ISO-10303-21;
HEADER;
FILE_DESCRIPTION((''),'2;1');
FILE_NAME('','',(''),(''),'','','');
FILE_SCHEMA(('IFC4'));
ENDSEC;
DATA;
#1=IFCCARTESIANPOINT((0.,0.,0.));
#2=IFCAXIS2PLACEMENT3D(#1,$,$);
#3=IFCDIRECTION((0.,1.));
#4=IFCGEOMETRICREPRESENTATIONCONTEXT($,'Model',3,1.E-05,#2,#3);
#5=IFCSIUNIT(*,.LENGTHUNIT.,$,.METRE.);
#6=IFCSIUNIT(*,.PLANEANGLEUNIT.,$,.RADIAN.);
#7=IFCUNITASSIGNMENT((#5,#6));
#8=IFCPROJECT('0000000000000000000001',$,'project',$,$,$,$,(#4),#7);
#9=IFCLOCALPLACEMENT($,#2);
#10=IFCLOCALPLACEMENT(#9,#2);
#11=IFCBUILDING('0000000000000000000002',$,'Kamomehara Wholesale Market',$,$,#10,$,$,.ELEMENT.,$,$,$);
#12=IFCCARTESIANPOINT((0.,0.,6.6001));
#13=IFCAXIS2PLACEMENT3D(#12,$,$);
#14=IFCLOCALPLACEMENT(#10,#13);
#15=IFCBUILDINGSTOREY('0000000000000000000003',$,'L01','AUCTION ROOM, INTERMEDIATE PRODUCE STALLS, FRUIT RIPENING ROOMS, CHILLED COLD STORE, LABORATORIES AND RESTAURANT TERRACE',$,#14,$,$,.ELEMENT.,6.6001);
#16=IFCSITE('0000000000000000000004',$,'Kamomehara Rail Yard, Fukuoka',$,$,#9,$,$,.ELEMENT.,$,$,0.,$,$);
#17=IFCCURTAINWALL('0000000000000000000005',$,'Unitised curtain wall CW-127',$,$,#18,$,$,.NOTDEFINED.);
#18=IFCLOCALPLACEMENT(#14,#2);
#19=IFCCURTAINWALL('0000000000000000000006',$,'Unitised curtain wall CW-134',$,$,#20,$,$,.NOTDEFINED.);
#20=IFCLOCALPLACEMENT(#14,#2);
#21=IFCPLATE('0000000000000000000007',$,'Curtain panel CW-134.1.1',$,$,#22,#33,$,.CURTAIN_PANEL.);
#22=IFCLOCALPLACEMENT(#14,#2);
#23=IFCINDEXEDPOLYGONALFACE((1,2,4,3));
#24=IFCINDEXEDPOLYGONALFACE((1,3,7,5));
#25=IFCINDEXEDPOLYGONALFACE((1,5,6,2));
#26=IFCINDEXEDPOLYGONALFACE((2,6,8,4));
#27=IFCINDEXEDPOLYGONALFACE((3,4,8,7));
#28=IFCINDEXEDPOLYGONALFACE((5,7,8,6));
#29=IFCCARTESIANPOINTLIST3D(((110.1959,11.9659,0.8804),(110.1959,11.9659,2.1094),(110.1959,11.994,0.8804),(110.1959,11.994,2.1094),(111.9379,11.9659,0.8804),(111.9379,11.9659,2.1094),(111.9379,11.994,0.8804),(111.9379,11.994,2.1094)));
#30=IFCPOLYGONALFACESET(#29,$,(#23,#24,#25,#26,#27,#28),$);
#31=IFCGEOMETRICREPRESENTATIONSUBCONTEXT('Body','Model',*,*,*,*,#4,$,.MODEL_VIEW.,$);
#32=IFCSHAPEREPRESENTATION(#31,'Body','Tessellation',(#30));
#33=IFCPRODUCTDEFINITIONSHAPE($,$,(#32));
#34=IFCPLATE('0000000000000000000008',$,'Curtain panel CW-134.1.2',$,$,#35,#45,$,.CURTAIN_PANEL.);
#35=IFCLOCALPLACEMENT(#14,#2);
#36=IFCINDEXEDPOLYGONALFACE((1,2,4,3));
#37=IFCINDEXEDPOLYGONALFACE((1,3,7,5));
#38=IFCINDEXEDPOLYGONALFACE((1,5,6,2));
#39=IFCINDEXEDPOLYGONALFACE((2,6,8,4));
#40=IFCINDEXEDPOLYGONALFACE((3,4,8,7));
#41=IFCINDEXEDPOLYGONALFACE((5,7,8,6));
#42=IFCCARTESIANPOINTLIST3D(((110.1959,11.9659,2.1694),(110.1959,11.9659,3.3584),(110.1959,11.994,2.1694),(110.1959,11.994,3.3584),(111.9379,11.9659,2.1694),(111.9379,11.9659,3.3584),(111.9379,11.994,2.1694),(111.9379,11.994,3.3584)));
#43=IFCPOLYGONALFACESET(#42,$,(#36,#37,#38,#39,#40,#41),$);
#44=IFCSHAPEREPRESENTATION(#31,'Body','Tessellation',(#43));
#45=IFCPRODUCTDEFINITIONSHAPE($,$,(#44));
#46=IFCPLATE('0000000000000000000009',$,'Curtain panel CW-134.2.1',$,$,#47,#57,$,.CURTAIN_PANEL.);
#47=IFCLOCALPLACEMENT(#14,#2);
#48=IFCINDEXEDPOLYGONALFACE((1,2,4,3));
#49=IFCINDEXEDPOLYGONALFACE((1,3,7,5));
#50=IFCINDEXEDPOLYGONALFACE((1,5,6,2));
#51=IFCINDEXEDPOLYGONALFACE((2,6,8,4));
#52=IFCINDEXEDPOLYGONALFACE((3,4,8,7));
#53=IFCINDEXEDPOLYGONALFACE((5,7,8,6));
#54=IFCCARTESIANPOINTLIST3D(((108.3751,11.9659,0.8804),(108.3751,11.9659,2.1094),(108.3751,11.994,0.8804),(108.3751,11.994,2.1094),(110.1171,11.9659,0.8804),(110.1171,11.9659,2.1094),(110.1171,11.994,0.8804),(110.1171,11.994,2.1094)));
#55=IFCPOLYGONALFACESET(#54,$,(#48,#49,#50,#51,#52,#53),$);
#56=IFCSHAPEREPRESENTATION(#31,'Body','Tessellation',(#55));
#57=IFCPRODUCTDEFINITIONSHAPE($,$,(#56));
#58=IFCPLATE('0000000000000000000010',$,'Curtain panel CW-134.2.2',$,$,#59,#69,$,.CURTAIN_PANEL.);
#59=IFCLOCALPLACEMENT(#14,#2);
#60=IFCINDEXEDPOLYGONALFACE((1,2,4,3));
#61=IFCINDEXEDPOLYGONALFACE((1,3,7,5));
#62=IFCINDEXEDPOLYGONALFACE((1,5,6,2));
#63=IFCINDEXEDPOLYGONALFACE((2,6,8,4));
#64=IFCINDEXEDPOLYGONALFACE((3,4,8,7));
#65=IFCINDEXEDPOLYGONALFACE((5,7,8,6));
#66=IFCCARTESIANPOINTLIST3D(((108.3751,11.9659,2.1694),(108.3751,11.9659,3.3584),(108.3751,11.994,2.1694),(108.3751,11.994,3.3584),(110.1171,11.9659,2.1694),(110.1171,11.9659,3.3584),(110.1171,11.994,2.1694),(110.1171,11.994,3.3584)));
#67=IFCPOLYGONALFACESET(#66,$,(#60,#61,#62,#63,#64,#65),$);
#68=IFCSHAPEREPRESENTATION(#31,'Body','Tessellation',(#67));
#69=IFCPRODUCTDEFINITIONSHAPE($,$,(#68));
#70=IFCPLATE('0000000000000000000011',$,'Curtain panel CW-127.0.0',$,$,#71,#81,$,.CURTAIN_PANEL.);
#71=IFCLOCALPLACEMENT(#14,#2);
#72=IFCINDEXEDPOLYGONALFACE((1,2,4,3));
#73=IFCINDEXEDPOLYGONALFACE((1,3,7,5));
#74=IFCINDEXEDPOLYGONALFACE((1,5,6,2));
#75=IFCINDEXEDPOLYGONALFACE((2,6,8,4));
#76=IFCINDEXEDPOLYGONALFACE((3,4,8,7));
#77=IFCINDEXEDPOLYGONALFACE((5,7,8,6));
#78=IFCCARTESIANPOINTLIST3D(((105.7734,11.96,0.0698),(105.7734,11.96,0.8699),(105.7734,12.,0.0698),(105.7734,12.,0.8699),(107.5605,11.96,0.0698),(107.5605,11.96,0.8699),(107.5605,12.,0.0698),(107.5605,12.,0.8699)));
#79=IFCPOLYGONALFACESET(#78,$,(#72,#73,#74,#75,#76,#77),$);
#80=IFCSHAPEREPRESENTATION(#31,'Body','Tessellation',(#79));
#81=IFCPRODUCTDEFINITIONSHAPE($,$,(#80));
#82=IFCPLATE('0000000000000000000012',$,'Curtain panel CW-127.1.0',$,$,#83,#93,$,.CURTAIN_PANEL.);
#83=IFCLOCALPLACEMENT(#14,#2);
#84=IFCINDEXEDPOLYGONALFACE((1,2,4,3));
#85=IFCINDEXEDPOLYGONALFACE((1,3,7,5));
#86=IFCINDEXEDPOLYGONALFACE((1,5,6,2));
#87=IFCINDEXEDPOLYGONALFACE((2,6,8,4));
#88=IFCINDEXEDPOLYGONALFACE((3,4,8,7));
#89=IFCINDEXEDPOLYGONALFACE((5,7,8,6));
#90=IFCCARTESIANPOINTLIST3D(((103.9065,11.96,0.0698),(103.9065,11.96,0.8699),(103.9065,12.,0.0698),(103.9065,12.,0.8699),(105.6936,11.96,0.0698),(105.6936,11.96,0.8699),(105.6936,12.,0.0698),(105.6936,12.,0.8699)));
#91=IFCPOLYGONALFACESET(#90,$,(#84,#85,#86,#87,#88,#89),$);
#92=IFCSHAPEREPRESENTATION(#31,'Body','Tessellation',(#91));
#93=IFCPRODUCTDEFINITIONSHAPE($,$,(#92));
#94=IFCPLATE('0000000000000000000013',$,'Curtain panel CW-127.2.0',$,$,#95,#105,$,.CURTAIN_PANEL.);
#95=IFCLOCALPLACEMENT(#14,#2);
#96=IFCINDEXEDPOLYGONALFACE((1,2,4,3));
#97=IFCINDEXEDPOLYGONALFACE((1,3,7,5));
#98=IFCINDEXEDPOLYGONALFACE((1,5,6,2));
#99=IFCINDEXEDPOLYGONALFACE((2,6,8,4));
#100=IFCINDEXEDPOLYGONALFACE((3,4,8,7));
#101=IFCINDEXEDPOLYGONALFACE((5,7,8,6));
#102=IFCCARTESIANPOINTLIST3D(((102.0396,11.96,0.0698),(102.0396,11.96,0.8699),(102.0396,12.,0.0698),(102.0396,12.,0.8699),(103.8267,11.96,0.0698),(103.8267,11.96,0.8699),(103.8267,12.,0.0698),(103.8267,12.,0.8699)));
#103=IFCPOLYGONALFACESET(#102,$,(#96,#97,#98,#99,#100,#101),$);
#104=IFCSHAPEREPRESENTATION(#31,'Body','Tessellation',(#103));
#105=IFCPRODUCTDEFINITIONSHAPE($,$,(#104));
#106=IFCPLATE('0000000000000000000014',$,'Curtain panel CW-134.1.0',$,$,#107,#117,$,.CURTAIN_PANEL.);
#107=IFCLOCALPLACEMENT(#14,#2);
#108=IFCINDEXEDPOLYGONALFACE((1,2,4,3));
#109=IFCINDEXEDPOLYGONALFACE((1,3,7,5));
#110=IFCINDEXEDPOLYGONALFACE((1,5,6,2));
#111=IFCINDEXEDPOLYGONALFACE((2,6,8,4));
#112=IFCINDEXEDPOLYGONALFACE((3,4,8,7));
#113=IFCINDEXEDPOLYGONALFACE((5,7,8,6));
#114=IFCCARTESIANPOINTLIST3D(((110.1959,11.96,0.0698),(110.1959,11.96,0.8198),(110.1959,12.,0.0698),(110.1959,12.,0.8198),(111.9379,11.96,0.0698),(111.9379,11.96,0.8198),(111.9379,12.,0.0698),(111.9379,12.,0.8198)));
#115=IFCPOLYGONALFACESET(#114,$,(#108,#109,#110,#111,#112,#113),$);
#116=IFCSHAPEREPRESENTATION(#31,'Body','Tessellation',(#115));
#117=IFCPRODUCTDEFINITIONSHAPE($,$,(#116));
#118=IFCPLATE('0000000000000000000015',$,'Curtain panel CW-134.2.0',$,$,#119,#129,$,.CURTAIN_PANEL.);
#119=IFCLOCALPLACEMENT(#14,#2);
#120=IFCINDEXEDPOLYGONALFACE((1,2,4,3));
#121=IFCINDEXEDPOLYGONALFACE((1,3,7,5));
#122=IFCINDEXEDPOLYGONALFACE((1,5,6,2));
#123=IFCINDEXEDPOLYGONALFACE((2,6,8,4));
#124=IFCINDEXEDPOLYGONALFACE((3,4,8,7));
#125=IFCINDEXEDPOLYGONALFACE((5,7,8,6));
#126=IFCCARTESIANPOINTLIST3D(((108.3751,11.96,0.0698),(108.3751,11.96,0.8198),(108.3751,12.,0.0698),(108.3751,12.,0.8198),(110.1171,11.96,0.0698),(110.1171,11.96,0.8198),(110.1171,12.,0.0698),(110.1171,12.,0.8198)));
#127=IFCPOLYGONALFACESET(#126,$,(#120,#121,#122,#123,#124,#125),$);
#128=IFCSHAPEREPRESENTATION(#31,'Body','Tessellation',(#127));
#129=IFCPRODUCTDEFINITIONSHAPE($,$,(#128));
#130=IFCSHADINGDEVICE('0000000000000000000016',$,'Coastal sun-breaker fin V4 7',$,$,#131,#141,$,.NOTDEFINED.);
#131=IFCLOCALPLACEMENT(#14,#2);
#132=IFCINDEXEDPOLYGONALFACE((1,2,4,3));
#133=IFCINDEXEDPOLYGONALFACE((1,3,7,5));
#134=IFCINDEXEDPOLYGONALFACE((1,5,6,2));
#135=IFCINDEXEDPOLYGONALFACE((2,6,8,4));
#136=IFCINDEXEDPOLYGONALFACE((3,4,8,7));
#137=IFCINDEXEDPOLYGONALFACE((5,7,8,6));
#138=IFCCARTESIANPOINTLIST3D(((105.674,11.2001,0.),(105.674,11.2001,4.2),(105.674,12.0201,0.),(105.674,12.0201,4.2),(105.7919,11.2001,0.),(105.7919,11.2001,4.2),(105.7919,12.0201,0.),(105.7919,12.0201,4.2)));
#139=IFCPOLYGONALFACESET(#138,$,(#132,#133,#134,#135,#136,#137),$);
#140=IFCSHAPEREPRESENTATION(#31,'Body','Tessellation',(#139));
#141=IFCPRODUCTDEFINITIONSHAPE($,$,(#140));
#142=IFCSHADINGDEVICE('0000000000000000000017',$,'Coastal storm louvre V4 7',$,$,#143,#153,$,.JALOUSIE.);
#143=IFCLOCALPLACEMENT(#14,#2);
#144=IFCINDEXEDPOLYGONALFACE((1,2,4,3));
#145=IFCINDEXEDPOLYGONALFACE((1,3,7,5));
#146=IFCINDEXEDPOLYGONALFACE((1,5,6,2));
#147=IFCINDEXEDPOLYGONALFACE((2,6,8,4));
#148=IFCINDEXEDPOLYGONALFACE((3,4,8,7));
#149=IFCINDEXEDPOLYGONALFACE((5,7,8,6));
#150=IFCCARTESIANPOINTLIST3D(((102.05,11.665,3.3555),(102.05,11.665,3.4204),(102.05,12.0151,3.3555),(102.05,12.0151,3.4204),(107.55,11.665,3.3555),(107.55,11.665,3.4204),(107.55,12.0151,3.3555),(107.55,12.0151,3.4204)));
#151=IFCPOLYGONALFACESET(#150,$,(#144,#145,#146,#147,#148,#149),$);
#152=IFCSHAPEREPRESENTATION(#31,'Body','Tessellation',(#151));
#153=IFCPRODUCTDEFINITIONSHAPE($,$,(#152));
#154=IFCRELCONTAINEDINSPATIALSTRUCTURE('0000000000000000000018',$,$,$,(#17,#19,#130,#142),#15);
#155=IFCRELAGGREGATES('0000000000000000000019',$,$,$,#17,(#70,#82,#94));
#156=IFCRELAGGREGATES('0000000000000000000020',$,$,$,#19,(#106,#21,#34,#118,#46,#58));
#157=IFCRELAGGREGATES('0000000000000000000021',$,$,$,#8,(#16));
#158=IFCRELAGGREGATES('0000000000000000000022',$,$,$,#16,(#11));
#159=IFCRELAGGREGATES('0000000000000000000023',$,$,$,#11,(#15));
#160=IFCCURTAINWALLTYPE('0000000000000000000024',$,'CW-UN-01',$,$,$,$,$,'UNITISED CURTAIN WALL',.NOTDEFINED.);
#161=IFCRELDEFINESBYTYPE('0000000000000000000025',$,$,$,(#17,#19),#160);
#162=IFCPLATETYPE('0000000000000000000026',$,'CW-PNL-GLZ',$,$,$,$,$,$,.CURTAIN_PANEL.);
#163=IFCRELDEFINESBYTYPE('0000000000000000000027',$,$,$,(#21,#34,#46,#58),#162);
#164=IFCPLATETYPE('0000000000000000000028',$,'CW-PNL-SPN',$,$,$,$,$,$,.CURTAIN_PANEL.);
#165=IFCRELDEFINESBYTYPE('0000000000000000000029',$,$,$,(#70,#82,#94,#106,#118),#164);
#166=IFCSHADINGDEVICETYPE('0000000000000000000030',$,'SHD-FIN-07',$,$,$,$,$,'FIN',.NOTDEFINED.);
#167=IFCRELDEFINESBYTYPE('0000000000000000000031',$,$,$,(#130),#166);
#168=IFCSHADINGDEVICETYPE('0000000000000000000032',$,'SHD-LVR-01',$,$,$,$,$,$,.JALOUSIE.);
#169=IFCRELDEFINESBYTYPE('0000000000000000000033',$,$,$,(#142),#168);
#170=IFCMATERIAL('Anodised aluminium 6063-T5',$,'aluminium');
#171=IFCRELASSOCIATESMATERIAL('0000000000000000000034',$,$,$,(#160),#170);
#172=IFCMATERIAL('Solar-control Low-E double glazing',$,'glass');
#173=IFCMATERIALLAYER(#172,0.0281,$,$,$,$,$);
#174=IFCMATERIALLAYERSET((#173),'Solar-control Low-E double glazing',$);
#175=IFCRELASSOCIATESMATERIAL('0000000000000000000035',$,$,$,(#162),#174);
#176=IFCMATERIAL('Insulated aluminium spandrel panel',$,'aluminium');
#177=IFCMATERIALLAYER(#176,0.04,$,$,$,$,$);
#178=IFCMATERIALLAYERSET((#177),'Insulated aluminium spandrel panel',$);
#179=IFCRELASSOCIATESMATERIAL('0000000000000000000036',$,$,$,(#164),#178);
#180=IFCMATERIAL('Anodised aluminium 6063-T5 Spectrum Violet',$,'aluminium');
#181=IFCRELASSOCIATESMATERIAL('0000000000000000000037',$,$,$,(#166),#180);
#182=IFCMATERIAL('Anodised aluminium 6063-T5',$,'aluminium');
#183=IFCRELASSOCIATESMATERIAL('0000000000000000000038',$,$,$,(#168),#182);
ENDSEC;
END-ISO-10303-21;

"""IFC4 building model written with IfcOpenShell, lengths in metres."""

from ifc_helpers import new_model, si_unit, direction, frame, origin, origin_2d, place, context, subcontext, project, spatial, rectangle, extrude, material, layer, layer_set, type_object, element, aggregate, save


model = new_model("IFC4")

# Units and contexts
model_context = context("Model", 3, precision=1e-05, world=origin(), true_north=direction((0.0, 1.0)))
body_context = subcontext(model_context, "Body", "Model", "MODEL_VIEW")
ifc_project = project(units=[si_unit("LENGTHUNIT", "METRE"), si_unit("PLANEANGLEUNIT", "RADIAN")], contexts=[model_context])

# Site, building, storey
site_placement = place(None, origin())
site = spatial("IfcSite", under=ifc_project, at=site_placement, Name="Kamomehara Rail Yard, Fukuoka", CompositionType="ELEMENT", RefElevation=0.0)
building_placement = place(site_placement, origin())
building = spatial("IfcBuilding", under=site, at=building_placement, Name="Kamomehara Wholesale Market", CompositionType="ELEMENT")
storey_placement = place(building_placement, frame((0.0, 0.0, 6.6001)))
storey = spatial("IfcBuildingStorey", under=building, at=storey_placement, Name="L01", Description="AUCTION ROOM, INTERMEDIATE PRODUCE STALLS, FRUIT RIPENING ROOMS, CHILLED COLD STORE, LABORATORIES AND RESTAURANT TERRACE", CompositionType="ELEMENT", Elevation=6.6001)

# Curtain wall
ifc_material_1 = material(Name="Anodised aluminium 6063-T5", Category="aluminium")
curtain_wall_type = type_object("IfcCurtainWallType", Name="CW-UN-01", ElementType="UNITISED CURTAIN WALL", PredefinedType="NOTDEFINED", material=ifc_material_1)
curtain_wall_1_placement = place(storey_placement, origin())
curtain_wall_1 = element("IfcCurtainWall", 1, at=curtain_wall_1_placement, inside=storey, type_object=curtain_wall_type, Name="Unitised curtain wall CW-127", PredefinedType="NOTDEFINED")

# Shared definitions
ifc_material_2 = material(Name="Solar-control Low-E double glazing", Category="glass")
ifc_layer_1 = layer(ifc_material_2, 0.0281)
ifc_layer_set_1 = layer_set([ifc_layer_1], Name="Solar-control Low-E double glazing")
plate_type_1 = type_object("IfcPlateType", Name="CW-PNL-GLZ", PredefinedType="CURTAIN_PANEL", material=ifc_layer_set_1)

# Curtain wall, plates
curtain_wall_2_placement = place(storey_placement, origin())
curtain_wall_2 = element("IfcCurtainWall", 2, at=curtain_wall_2_placement, inside=storey, type_object=curtain_wall_type, Name="Unitised curtain wall CW-134", PredefinedType="NOTDEFINED")
plate_1_placement = place(storey_placement, frame((111.0669, 11.98, 0.8804), z_axis=(0.0, 0.0, 1.0), x_axis=(-1.0, 0.0, 0.0)))
plate_1 = element("IfcPlate", 3, at=plate_1_placement, type_object=plate_type_1, Name="Curtain panel CW-134.1.1", PredefinedType="CURTAIN_PANEL", context=body_context, shape_type="SweptSolid", body=[
    extrude(rectangle(XDim=1.7419, YDim=0.0281, at=origin_2d()), origin(), (0.0, 0.0, 1.0), 1.229),
])
plate_2_placement = place(storey_placement, frame((111.0669, 11.98, 2.1694), z_axis=(0.0, 0.0, 1.0), x_axis=(-1.0, 0.0, 0.0)))
plate_2 = element("IfcPlate", 4, at=plate_2_placement, type_object=plate_type_1, Name="Curtain panel CW-134.1.2", PredefinedType="CURTAIN_PANEL", context=body_context, shape_type="SweptSolid", body=[
    extrude(rectangle(XDim=1.7419, YDim=0.0281, at=origin_2d()), origin(), (0.0, 0.0, 1.0), 1.189),
])
plate_3_placement = place(storey_placement, frame((109.2461, 11.98, 0.8804), z_axis=(0.0, 0.0, 1.0), x_axis=(-1.0, 0.0, 0.0)))
plate_3 = element("IfcPlate", 5, at=plate_3_placement, type_object=plate_type_1, Name="Curtain panel CW-134.2.1", PredefinedType="CURTAIN_PANEL", context=body_context, shape_type="SweptSolid", body=[
    extrude(rectangle(XDim=1.7419, YDim=0.0281, at=origin_2d()), origin(), (0.0, 0.0, 1.0), 1.229),
])
plate_4_placement = place(storey_placement, frame((109.2461, 11.98, 2.1694), z_axis=(0.0, 0.0, 1.0), x_axis=(-1.0, 0.0, 0.0)))
plate_4 = element("IfcPlate", 6, at=plate_4_placement, type_object=plate_type_1, Name="Curtain panel CW-134.2.2", PredefinedType="CURTAIN_PANEL", context=body_context, shape_type="SweptSolid", body=[
    extrude(rectangle(XDim=1.7419, YDim=0.0281, at=origin_2d()), origin(), (0.0, 0.0, 1.0), 1.189),
])

# Plates
ifc_material_3 = material(Name="Insulated aluminium spandrel panel", Category="aluminium")
ifc_layer_2 = layer(ifc_material_3, 0.04)
ifc_layer_set_2 = layer_set([ifc_layer_2], Name="Insulated aluminium spandrel panel")
plate_type_2 = type_object("IfcPlateType", Name="CW-PNL-SPN", PredefinedType="CURTAIN_PANEL", material=ifc_layer_set_2)
plate_5_placement = place(storey_placement, frame((106.667, 11.98, 0.0698), z_axis=(0.0, 0.0, 1.0), x_axis=(-1.0, 0.0, 0.0)))
plate_5 = element("IfcPlate", 7, at=plate_5_placement, type_object=plate_type_2, Name="Curtain panel CW-127.0.0", PredefinedType="CURTAIN_PANEL", context=body_context, shape_type="SweptSolid", body=[
    extrude(rectangle(XDim=1.7871, YDim=0.04, at=origin_2d()), origin(), (0.0, 0.0, 1.0), 0.8),
])
plate_6_placement = place(storey_placement, frame((104.8, 11.98, 0.0698), z_axis=(0.0, 0.0, 1.0), x_axis=(-1.0, 0.0, 0.0)))
plate_6 = element("IfcPlate", 8, at=plate_6_placement, type_object=plate_type_2, Name="Curtain panel CW-127.1.0", PredefinedType="CURTAIN_PANEL", context=body_context, shape_type="SweptSolid", body=[
    extrude(rectangle(XDim=1.7871, YDim=0.04, at=origin_2d()), origin(), (0.0, 0.0, 1.0), 0.8),
])
plate_7_placement = place(storey_placement, frame((102.9331, 11.98, 0.0698), z_axis=(0.0, 0.0, 1.0), x_axis=(-1.0, 0.0, 0.0)))
plate_7 = element("IfcPlate", 9, at=plate_7_placement, type_object=plate_type_2, Name="Curtain panel CW-127.2.0", PredefinedType="CURTAIN_PANEL", context=body_context, shape_type="SweptSolid", body=[
    extrude(rectangle(XDim=1.7871, YDim=0.04, at=origin_2d()), origin(), (0.0, 0.0, 1.0), 0.8),
])
aggregate(curtain_wall_1, [plate_5, plate_6, plate_7])
plate_8_placement = place(storey_placement, frame((111.0669, 11.98, 0.0698), z_axis=(0.0, 0.0, 1.0), x_axis=(-1.0, 0.0, 0.0)))
plate_8 = element("IfcPlate", 10, at=plate_8_placement, type_object=plate_type_2, Name="Curtain panel CW-134.1.0", PredefinedType="CURTAIN_PANEL", context=body_context, shape_type="SweptSolid", body=[
    extrude(rectangle(XDim=1.7419, YDim=0.04, at=origin_2d()), origin(), (0.0, 0.0, 1.0), 0.75),
])
plate_9_placement = place(storey_placement, frame((109.2461, 11.98, 0.0698), z_axis=(0.0, 0.0, 1.0), x_axis=(-1.0, 0.0, 0.0)))
plate_9 = element("IfcPlate", 11, at=plate_9_placement, type_object=plate_type_2, Name="Curtain panel CW-134.2.0", PredefinedType="CURTAIN_PANEL", context=body_context, shape_type="SweptSolid", body=[
    extrude(rectangle(XDim=1.7419, YDim=0.04, at=origin_2d()), origin(), (0.0, 0.0, 1.0), 0.75),
])
aggregate(curtain_wall_2, [plate_8, plate_1, plate_2, plate_9, plate_3, plate_4])

# Shading devices
ifc_material_4 = material(Name="Anodised aluminium 6063-T5 Spectrum Violet", Category="aluminium")
shading_device_type_1 = type_object("IfcShadingDeviceType", Name="SHD-FIN-07", ElementType="FIN", PredefinedType="NOTDEFINED", material=ifc_material_4)
shading_device_1_placement = place(storey_placement, frame((105.7329, 11.6101, 0.0), z_axis=(0.0, 0.0, 1.0), x_axis=(1.0, 0.0, 0.0)))
element("IfcShadingDevice", 12, at=shading_device_1_placement, inside=storey, type_object=shading_device_type_1, Name="Coastal sun-breaker fin V4 7", PredefinedType="NOTDEFINED", context=body_context, shape_type="SweptSolid", body=[
    extrude(rectangle(XDim=0.1179, YDim=0.8201, at=origin_2d()), origin(), (0.0, 0.0, 1.0), 4.2),
])
ifc_material_5 = material(Name="Anodised aluminium 6063-T5", Category="aluminium")
shading_device_type_2 = type_object("IfcShadingDeviceType", Name="SHD-LVR-01", PredefinedType="JALOUSIE", material=ifc_material_5)
shading_device_2_placement = place(storey_placement, frame((104.8, 11.8401, 3.3555), z_axis=(0.0, 0.0, 1.0), x_axis=(1.0, 0.0, 0.0)))
element("IfcShadingDevice", 13, at=shading_device_2_placement, inside=storey, type_object=shading_device_type_2, Name="Coastal storm louvre V4 7", PredefinedType="JALOUSIE", context=body_context, shape_type="SweptSolid", body=[
    extrude(rectangle(XDim=5.5, YDim=0.3501, at=origin_2d()), origin(), (0.0, 0.0, 1.0), 0.0649),
])

save(model, "model.ifc")
